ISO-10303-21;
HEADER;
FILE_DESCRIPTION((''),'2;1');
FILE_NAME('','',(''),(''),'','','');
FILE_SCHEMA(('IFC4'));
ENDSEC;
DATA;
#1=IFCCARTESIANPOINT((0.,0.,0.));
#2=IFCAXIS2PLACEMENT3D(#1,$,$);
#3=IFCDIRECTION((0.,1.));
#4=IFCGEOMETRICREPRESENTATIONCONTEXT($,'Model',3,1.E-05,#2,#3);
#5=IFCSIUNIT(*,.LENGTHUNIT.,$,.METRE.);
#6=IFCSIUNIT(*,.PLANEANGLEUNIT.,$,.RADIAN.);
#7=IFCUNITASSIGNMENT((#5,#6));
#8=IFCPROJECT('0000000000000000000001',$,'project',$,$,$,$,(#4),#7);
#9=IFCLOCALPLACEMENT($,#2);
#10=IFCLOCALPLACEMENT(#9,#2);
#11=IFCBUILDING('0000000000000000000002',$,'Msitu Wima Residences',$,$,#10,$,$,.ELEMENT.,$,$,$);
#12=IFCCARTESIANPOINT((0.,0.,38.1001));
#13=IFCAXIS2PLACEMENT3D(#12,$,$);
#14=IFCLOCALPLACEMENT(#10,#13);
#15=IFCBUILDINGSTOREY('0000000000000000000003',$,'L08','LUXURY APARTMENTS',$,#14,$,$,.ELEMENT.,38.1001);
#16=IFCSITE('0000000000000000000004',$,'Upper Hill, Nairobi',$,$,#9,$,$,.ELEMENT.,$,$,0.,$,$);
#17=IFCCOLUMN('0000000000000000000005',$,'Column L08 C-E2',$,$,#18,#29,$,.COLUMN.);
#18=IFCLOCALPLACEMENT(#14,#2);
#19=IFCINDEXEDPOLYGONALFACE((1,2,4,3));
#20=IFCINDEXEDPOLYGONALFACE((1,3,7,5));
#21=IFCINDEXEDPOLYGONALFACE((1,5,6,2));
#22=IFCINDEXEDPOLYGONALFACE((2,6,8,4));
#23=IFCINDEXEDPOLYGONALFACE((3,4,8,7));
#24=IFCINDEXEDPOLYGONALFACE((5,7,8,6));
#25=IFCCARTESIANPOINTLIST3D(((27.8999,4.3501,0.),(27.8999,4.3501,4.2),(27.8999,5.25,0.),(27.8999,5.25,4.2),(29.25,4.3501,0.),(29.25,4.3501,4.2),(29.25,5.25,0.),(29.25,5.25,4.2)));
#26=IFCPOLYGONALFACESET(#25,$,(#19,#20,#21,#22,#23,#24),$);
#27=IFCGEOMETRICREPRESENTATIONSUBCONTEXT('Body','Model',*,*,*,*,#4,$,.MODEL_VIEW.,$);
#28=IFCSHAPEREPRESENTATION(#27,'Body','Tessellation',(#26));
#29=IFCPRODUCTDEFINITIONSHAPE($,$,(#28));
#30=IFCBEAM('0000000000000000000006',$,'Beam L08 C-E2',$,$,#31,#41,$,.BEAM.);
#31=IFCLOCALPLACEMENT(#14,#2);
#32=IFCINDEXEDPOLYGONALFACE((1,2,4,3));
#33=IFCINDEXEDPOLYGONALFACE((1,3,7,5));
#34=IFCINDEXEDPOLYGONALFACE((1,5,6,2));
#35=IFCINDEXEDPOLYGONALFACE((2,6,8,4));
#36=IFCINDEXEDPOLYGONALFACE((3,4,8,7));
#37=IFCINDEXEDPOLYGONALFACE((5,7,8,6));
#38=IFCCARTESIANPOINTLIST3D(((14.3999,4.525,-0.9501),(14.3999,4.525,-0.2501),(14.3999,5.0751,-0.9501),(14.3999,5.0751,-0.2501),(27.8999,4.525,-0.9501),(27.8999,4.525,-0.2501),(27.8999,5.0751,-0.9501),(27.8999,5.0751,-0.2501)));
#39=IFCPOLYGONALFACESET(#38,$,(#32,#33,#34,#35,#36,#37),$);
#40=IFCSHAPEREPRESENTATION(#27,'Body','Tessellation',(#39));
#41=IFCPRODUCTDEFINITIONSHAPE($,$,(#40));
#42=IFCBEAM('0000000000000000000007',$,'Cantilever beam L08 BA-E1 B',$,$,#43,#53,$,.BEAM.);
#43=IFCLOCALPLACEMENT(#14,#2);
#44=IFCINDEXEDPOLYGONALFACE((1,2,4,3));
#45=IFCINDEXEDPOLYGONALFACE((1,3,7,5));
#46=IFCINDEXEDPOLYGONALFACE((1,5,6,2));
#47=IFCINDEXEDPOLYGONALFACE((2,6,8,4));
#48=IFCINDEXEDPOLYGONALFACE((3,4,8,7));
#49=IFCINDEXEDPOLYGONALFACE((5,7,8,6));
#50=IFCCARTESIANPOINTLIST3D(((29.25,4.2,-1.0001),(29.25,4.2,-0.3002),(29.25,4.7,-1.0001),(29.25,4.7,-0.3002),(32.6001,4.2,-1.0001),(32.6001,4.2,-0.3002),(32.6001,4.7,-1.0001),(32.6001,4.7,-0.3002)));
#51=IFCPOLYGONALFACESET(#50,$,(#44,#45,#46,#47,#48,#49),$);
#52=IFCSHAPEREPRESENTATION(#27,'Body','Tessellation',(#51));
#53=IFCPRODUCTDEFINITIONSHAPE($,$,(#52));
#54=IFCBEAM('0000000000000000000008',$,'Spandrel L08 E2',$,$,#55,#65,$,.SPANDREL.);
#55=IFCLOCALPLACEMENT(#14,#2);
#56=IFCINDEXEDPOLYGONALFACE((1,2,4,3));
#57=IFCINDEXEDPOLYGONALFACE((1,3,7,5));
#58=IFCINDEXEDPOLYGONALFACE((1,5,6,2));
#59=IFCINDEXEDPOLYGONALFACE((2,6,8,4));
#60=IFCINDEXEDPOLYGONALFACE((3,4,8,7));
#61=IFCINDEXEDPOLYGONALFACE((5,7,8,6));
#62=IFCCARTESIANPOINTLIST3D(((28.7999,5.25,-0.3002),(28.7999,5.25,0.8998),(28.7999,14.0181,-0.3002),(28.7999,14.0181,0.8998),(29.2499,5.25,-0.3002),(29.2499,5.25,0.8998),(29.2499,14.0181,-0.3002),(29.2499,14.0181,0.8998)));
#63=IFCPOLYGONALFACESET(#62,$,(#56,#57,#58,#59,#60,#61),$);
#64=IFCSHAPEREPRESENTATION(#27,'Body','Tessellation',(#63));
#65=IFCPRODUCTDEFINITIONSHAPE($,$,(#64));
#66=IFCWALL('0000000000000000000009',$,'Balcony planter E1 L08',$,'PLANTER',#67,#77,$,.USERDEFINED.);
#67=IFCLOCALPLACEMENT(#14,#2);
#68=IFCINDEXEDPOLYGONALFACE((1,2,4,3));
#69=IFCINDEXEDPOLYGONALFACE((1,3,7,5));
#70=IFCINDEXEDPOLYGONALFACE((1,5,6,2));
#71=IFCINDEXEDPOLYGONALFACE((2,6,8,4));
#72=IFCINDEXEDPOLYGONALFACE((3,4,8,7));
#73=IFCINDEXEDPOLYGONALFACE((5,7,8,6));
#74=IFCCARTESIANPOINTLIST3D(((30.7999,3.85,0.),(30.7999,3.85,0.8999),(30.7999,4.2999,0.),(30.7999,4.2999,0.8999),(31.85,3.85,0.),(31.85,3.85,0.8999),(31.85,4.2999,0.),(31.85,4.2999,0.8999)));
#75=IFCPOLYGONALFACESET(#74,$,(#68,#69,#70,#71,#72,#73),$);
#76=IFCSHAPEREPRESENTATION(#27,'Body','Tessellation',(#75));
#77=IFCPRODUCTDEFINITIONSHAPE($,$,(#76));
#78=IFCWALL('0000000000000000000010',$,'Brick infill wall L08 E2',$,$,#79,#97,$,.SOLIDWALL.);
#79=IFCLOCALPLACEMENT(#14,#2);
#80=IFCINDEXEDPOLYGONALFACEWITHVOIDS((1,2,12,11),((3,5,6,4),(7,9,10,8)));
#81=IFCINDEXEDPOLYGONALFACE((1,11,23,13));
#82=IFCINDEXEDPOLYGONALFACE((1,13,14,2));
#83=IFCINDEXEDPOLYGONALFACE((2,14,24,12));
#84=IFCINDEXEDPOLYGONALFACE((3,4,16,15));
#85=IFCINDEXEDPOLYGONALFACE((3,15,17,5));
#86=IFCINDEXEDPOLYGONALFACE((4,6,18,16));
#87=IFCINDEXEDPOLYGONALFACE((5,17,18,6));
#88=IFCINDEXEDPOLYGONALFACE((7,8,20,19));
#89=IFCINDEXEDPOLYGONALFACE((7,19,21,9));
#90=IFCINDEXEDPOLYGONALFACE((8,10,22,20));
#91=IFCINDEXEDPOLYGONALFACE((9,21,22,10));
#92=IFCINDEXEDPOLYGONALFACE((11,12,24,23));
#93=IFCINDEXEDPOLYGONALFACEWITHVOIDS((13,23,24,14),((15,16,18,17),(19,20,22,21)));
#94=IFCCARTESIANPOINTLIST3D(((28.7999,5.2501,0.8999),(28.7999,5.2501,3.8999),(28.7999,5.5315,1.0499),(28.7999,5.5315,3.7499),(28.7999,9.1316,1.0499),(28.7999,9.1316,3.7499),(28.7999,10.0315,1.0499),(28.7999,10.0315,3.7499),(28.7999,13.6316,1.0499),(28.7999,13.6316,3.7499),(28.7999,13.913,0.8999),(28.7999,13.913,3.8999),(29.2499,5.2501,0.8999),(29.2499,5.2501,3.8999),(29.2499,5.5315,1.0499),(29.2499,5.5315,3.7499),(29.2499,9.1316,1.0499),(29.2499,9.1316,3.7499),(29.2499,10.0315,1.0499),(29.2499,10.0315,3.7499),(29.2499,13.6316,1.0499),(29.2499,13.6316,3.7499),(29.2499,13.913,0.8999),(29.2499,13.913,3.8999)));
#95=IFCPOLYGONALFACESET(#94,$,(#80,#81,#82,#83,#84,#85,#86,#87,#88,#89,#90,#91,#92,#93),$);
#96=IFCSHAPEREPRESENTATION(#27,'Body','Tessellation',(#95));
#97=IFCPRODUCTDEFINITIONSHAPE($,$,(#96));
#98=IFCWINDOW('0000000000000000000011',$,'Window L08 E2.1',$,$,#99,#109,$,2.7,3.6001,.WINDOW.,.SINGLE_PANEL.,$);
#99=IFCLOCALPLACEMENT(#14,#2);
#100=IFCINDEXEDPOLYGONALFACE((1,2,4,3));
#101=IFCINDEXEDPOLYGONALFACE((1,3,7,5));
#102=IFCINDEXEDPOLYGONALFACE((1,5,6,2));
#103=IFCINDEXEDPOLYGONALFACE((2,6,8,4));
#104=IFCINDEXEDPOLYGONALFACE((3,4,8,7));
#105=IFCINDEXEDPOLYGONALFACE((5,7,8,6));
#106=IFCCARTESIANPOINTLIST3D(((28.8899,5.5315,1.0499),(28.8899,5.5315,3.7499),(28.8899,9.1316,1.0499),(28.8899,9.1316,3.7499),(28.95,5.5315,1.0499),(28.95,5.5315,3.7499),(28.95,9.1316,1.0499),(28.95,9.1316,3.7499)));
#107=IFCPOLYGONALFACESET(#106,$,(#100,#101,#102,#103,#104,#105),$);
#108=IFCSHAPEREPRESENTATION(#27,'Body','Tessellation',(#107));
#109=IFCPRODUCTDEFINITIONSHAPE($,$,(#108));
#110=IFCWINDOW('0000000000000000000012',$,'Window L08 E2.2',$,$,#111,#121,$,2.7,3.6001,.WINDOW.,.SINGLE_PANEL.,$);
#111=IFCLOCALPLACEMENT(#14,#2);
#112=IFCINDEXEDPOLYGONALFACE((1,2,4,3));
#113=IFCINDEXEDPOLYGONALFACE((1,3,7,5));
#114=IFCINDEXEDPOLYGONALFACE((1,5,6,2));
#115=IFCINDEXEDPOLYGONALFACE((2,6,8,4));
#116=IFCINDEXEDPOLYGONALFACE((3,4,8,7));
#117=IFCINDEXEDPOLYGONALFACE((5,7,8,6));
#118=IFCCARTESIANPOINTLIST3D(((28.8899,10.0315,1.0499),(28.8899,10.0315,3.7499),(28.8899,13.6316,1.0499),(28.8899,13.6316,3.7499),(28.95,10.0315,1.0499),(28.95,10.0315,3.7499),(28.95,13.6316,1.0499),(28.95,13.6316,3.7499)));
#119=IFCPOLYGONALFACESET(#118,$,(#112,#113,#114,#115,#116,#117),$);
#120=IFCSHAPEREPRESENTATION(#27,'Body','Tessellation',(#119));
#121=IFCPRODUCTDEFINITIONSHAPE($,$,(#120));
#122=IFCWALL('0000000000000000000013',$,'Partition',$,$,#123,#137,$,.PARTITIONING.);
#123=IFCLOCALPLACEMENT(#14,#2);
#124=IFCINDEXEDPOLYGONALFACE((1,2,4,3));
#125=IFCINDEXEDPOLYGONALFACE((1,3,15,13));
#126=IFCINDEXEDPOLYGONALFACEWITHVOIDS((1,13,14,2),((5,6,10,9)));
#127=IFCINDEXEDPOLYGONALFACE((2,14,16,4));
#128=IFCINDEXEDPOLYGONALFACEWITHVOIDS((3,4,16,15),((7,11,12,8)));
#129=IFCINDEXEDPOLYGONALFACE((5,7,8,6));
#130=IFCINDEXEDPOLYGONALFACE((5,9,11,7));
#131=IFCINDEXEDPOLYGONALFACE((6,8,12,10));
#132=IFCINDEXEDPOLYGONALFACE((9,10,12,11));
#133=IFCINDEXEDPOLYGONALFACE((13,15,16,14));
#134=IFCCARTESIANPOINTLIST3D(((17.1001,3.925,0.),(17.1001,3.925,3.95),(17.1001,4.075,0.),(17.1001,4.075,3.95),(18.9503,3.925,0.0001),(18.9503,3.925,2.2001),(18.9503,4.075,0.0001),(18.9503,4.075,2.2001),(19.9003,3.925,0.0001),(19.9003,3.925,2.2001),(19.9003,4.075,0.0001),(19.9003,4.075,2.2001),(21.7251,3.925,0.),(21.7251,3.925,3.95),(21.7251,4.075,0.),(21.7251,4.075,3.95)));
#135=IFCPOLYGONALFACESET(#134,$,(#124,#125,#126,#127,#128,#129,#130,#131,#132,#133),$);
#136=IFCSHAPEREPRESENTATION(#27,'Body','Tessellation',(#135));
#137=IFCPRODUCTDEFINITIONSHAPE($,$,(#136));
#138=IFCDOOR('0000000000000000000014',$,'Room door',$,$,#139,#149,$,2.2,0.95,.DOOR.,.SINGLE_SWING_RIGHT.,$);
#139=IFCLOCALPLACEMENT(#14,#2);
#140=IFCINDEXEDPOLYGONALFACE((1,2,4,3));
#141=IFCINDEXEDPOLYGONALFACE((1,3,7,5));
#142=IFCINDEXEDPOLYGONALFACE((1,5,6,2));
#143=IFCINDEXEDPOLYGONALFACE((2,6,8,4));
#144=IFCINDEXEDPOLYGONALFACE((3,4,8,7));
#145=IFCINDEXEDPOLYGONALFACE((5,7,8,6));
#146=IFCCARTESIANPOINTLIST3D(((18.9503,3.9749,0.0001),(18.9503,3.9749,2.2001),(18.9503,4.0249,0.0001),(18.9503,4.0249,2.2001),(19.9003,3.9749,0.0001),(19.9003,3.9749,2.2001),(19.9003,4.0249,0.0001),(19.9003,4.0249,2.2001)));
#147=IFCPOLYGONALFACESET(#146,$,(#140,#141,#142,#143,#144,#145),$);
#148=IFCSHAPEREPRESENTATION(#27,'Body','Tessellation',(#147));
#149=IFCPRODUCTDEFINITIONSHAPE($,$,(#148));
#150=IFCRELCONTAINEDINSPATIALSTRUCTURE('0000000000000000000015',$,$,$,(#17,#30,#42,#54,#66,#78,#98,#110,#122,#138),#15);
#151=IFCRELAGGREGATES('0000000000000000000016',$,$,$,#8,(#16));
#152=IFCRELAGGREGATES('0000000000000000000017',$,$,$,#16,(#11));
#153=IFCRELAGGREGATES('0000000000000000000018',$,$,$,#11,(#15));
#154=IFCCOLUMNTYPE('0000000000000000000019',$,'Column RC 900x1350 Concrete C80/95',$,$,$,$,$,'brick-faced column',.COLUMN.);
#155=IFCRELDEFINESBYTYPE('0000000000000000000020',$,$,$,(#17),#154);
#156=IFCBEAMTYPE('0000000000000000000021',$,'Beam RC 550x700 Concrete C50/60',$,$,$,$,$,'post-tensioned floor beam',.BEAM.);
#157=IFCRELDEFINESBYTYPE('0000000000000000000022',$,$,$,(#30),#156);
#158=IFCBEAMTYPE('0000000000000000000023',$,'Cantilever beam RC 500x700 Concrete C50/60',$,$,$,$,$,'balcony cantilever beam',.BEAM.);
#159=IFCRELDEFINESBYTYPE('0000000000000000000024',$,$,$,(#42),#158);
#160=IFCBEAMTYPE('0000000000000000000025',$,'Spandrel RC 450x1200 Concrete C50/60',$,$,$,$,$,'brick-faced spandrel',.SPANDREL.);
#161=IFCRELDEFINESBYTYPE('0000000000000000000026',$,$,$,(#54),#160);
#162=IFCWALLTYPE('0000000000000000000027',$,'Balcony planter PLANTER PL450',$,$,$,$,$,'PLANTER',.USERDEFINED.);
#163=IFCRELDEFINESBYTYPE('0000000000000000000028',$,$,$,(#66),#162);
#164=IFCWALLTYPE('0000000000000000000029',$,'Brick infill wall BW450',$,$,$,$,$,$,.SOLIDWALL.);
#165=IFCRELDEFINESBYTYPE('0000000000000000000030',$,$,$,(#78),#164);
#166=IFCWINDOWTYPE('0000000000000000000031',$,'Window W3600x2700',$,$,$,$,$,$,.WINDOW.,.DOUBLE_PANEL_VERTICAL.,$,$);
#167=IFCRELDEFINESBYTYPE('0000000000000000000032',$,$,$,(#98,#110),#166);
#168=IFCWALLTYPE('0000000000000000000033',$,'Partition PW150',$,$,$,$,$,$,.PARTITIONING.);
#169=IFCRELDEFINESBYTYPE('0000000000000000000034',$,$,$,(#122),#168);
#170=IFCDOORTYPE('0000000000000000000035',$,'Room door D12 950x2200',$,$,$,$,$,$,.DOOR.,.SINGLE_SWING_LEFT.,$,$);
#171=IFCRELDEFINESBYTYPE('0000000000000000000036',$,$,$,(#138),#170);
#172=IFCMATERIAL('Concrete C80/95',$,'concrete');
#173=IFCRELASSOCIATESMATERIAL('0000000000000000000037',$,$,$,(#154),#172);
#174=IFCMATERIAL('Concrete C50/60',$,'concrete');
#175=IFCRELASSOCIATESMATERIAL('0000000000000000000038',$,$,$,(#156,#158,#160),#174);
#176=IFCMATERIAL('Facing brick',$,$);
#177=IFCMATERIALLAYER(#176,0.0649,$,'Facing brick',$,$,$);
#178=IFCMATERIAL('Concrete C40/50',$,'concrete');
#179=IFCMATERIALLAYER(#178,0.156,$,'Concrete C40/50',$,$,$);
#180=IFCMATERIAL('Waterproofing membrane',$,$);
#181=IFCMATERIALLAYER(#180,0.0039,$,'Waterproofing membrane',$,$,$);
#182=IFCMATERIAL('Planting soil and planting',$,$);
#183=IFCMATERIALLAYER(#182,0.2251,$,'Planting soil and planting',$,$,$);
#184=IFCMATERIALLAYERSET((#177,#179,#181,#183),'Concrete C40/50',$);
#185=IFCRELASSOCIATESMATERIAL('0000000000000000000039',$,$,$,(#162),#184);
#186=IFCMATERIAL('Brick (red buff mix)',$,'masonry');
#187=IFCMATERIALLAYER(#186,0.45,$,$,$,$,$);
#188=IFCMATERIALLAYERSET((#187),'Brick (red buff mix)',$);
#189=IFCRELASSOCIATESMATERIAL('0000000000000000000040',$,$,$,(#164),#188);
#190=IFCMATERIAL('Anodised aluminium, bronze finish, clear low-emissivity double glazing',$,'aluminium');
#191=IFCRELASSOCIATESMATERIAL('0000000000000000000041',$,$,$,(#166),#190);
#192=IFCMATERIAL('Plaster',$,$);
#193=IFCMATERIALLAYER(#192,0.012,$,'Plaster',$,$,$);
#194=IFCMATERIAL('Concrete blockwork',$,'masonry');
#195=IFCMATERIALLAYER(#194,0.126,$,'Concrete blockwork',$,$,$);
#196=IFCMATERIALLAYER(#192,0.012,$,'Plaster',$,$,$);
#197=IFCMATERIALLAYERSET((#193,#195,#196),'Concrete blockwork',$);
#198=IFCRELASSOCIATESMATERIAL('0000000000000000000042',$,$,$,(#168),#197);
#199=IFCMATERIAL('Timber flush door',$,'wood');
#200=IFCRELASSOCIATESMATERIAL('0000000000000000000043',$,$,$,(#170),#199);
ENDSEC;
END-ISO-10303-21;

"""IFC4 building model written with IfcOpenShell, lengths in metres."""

from ifc_helpers import new_model, si_unit, direction, frame, frame_2d, origin, origin_2d, place, context, subcontext, project, spatial, rectangle, extrude, material, layer, layer_set, material_profile, profile_set, type_object, element, fill, save


model = new_model("IFC4")

# Units and contexts
model_context = context("Model", 3, precision=1e-05, world=origin(), true_north=direction((0.0, 1.0)))
body_context = subcontext(model_context, "Body", "Model", "MODEL_VIEW")
ifc_project = project(units=[si_unit("LENGTHUNIT", "METRE"), si_unit("PLANEANGLEUNIT", "RADIAN")], contexts=[model_context])

# Site, building, storey
site_placement = place(None, origin())
site = spatial("IfcSite", under=ifc_project, at=site_placement, Name="Upper Hill, Nairobi", CompositionType="ELEMENT", RefElevation=0.0)
building_placement = place(site_placement, origin())
building = spatial("IfcBuilding", under=site, at=building_placement, Name="Msitu Wima Residences", CompositionType="ELEMENT")
storey_placement = place(building_placement, frame((0.0, 0.0, 38.1001)))
storey = spatial("IfcBuildingStorey", under=building, at=storey_placement, Name="L08", Description="LUXURY APARTMENTS", CompositionType="ELEMENT", Elevation=38.1001)

# Column
ifc_material_1 = material(Name="Concrete C80/95", Category="concrete")
ifc_material_profile_1 = material_profile(ifc_material_1, rectangle(XDim=0.8999, YDim=1.3501, at=origin_2d()), Name="RC 900x1350")
ifc_profile_set_1 = profile_set([ifc_material_profile_1], Name="Concrete C80/95")
column_type = type_object("IfcColumnType", Name="Column RC 900x1350 Concrete C80/95", ElementType="brick-faced column", PredefinedType="COLUMN", material=ifc_profile_set_1)
column_placement = place(storey_placement, frame((28.575, 4.8, 0.0), z_axis=(0.0, 0.0, 1.0), x_axis=(0.0, 1.0, 0.0)))
element("IfcColumn", 1, at=column_placement, inside=storey, type_object=column_type, Name="Column L08 C-E2", PredefinedType="COLUMN", context=body_context, shape_type="SweptSolid", body=[
    extrude(rectangle(XDim=0.8999, YDim=1.3501, at=origin_2d()), origin(), (0.0, 0.0, 1.0), 4.2),
])

# Beams
ifc_material_2 = material(Name="Concrete C50/60", Category="concrete")
ifc_material_profile_2 = material_profile(ifc_material_2, rectangle(XDim=0.55, YDim=0.7, at=origin_2d()), Name="RC 550x700")
ifc_profile_set_2 = profile_set([ifc_material_profile_2], Name="Concrete C50/60")
beam_type_1 = type_object("IfcBeamType", Name="Beam RC 550x700 Concrete C50/60", ElementType="post-tensioned floor beam", PredefinedType="BEAM", material=ifc_profile_set_2)
beam_1_placement = place(storey_placement, frame((27.8999, 4.8, -0.6001), z_axis=(-1.0, 0.0, 0.0), x_axis=(0.0, -1.0, 0.0)))
element("IfcBeam", 2, at=beam_1_placement, inside=storey, type_object=beam_type_1, Name="Beam L08 C-E2", PredefinedType="BEAM", context=body_context, shape_type="SweptSolid", body=[
    extrude(rectangle(XDim=0.55, YDim=0.7, at=origin_2d()), origin(), (0.0, 0.0, 1.0), 13.5),
])
ifc_material_profile_3 = material_profile(ifc_material_2, rectangle(XDim=0.5, YDim=0.7, at=origin_2d()), Name="RC 500x700")
ifc_profile_set_3 = profile_set([ifc_material_profile_3], Name="Concrete C50/60")
beam_type_2 = type_object("IfcBeamType", Name="Cantilever beam RC 500x700 Concrete C50/60", ElementType="balcony cantilever beam", PredefinedType="BEAM", material=ifc_profile_set_3)
beam_2_placement = place(storey_placement, frame((29.25, 4.45, -0.6501), z_axis=(1.0, 0.0, 0.0), x_axis=(0.0, 1.0, 0.0)))
element("IfcBeam", 3, at=beam_2_placement, inside=storey, type_object=beam_type_2, Name="Cantilever beam L08 BA-E1 B", PredefinedType="BEAM", context=body_context, shape_type="SweptSolid", body=[
    extrude(rectangle(XDim=0.5, YDim=0.7, at=origin_2d()), origin(), (0.0, 0.0, 1.0), 3.3501),
])
ifc_material_profile_4 = material_profile(ifc_material_2, rectangle(XDim=0.45, YDim=1.2, at=origin_2d()), Name="RC 450x1200")
ifc_profile_set_4 = profile_set([ifc_material_profile_4], Name="Concrete C50/60")
beam_type_3 = type_object("IfcBeamType", Name="Spandrel RC 450x1200 Concrete C50/60", ElementType="brick-faced spandrel", PredefinedType="SPANDREL", material=ifc_profile_set_4)
beam_3_placement = place(storey_placement, frame((29.0249, 5.25, 0.2998), z_axis=(0.0, 1.0, 0.0), x_axis=(-1.0, 0.0, 0.0)))
element("IfcBeam", 4, at=beam_3_placement, inside=storey, type_object=beam_type_3, Name="Spandrel L08 E2", PredefinedType="SPANDREL", context=body_context, shape_type="SweptSolid", body=[
    extrude(rectangle(XDim=0.45, YDim=1.2, at=origin_2d()), origin(), (0.0, 0.0, 1.0), 8.7681),
])

# Wall
ifc_material_3 = material(Name="Facing brick")
ifc_layer_1 = layer(ifc_material_3, 0.0649, Name="Facing brick")
ifc_material_4 = material(Name="Concrete C40/50", Category="concrete")
ifc_layer_2 = layer(ifc_material_4, 0.156, Name="Concrete C40/50")
ifc_material_5 = material(Name="Waterproofing membrane")
ifc_layer_3 = layer(ifc_material_5, 0.0039, Name="Waterproofing membrane")
ifc_material_6 = material(Name="Planting soil and planting")
ifc_layer_4 = layer(ifc_material_6, 0.2251, Name="Planting soil and planting")
ifc_layer_set_1 = layer_set([ifc_layer_1, ifc_layer_2, ifc_layer_3, ifc_layer_4], Name="Concrete C40/50")
wall_type_1 = type_object("IfcWallType", Name="Balcony planter PLANTER PL450", ElementType="PLANTER", PredefinedType="USERDEFINED", material=ifc_layer_set_1)
wall_1_placement = place(storey_placement, frame((30.8, 4.075, 0.0), z_axis=(0.0, 0.0, 1.0), x_axis=(1.0, 0.0, 0.0)))
element("IfcWall", 5, at=wall_1_placement, inside=storey, type_object=wall_type_1, Name="Balcony planter E1 L08", ObjectType="PLANTER", PredefinedType="USERDEFINED", context=body_context, shape_type="SweptSolid", body=[
    extrude(rectangle(XDim=1.05, YDim=0.45, at=frame_2d((0.5249, 0.0))), origin(), (0.0, 0.0, 1.0), 0.8999),
])

# Wall, openings, windows
ifc_material_7 = material(Name="Brick (red buff mix)", Category="masonry")
ifc_layer_5 = layer(ifc_material_7, 0.45)
ifc_layer_set_2 = layer_set([ifc_layer_5], Name="Brick (red buff mix)")
wall_type_2 = type_object("IfcWallType", Name="Brick infill wall BW450", PredefinedType="SOLIDWALL", material=ifc_layer_set_2)
wall_2_placement = place(storey_placement, frame((29.0249, 5.25, 0.8999), z_axis=(0.0, 0.0, 1.0), x_axis=(0.0, 1.0, 0.0)))
wall_2 = element("IfcWall", 6, at=wall_2_placement, inside=storey, type_object=wall_type_2, Name="Brick infill wall L08 E2", PredefinedType="SOLIDWALL", context=body_context, shape_type="SweptSolid", body=[
    extrude(rectangle(XDim=8.6628, YDim=0.45, at=frame_2d((4.3315, 0.0))), origin(), (0.0, 0.0, 1.0), 3.0),
])
opening_1_placement = place(wall_2_placement, frame((0.2815, 0.0, 0.1499)))
opening_1 = element("IfcOpeningElement", 7, at=opening_1_placement, cuts=wall_2, PredefinedType="OPENING", context=body_context, shape_type="SweptSolid", body=[
    extrude(rectangle(XDim=3.6001, YDim=2.7, at=frame_2d((1.8, 1.3501))), frame((0.0, 0.2349, 0.0), z_axis=(0.0, -1.0, 0.0), x_axis=(1.0, 0.0, 0.0)), (0.0, 0.0, 1.0), 0.47),
])
opening_2_placement = place(wall_2_placement, frame((4.7815, 0.0, 0.1499)))
opening_2 = element("IfcOpeningElement", 8, at=opening_2_placement, cuts=wall_2, PredefinedType="OPENING", context=body_context, shape_type="SweptSolid", body=[
    extrude(rectangle(XDim=3.6001, YDim=2.7, at=frame_2d((1.8, 1.3501))), frame((0.0, 0.2349, 0.0), z_axis=(0.0, -1.0, 0.0), x_axis=(1.0, 0.0, 0.0)), (0.0, 0.0, 1.0), 0.47),
])
ifc_material_8 = material(Name="Anodised aluminium, bronze finish, clear low-emissivity double glazing", Category="aluminium")
window_type = type_object("IfcWindowType", Name="Window W3600x2700", PartitioningType="DOUBLE_PANEL_VERTICAL", PredefinedType="WINDOW", material=ifc_material_8)
window_1_placement = place(opening_1_placement, origin())
window_1 = element("IfcWindow", 9, at=window_1_placement, inside=storey, type_object=window_type, Name="Window L08 E2.1", OverallHeight=2.7, OverallWidth=3.6001, PartitioningType="SINGLE_PANEL", PredefinedType="WINDOW", context=body_context, shape_type="SweptSolid", body=[
    extrude(rectangle(XDim=3.6001, YDim=2.7, at=frame_2d((1.8, 1.3501))), frame((0.0, 0.135, 0.0), z_axis=(0.0, -1.0, 0.0), x_axis=(1.0, 0.0, 0.0)), (0.0, 0.0, 1.0), 0.0601),
])
fill(opening_1, window_1)
window_2_placement = place(opening_2_placement, origin())
window_2 = element("IfcWindow", 10, at=window_2_placement, inside=storey, type_object=window_type, Name="Window L08 E2.2", OverallHeight=2.7, OverallWidth=3.6001, PartitioningType="SINGLE_PANEL", PredefinedType="WINDOW", context=body_context, shape_type="SweptSolid", body=[
    extrude(rectangle(XDim=3.6001, YDim=2.7, at=frame_2d((1.8, 1.3501))), frame((0.0, 0.135, 0.0), z_axis=(0.0, -1.0, 0.0), x_axis=(1.0, 0.0, 0.0)), (0.0, 0.0, 1.0), 0.0601),
])
fill(opening_2, window_2)

# Wall, opening, door
ifc_material_9 = material(Name="Plaster")
ifc_layer_6 = layer(ifc_material_9, 0.012, Name="Plaster")
ifc_material_10 = material(Name="Concrete blockwork", Category="masonry")
ifc_layer_7 = layer(ifc_material_10, 0.126, Name="Concrete blockwork")
ifc_layer_8 = layer(ifc_material_9, 0.012, Name="Plaster")
ifc_layer_set_3 = layer_set([ifc_layer_6, ifc_layer_7, ifc_layer_8], Name="Concrete blockwork")
wall_type_3 = type_object("IfcWallType", Name="Partition PW150", PredefinedType="PARTITIONING", material=ifc_layer_set_3)
wall_3_placement = place(storey_placement, frame((17.1001, 4.0, 0.0), z_axis=(0.0, 0.0, 1.0), x_axis=(1.0, 0.0, 0.0)))
wall_3 = element("IfcWall", 11, at=wall_3_placement, inside=storey, type_object=wall_type_3, Name="Partition", PredefinedType="PARTITIONING", context=body_context, shape_type="SweptSolid", body=[
    extrude(rectangle(XDim=4.625, YDim=0.1499, at=frame_2d((2.3125, 0.0))), origin(), (0.0, 0.0, 1.0), 3.95),
])
opening_3_placement = place(wall_3_placement, frame((1.8501, 0.0, 0.0)))
opening_3 = element("IfcOpeningElement", 12, at=opening_3_placement, cuts=wall_3, PredefinedType="OPENING", context=body_context, shape_type="SweptSolid", body=[
    extrude(rectangle(XDim=0.95, YDim=2.2, at=frame_2d((0.4751, 1.1001))), frame((0.0, 0.085, 0.0), z_axis=(0.0, -1.0, 0.0), x_axis=(1.0, 0.0, 0.0)), (0.0, 0.0, 1.0), 0.1699),
])
ifc_material_11 = material(Name="Timber flush door", Category="wood")
door_type_1 = type_object("IfcDoorType", Name="Room door D12 950x2200", OperationType="SINGLE_SWING_LEFT", PredefinedType="DOOR", material=ifc_material_11)
door_1_placement = place(opening_3_placement, origin())
door_1 = element("IfcDoor", 13, at=door_1_placement, inside=storey, type_object=door_type_1, Name="Room door", OperationType="SINGLE_SWING_RIGHT", OverallHeight=2.2, OverallWidth=0.95, PredefinedType="DOOR", context=body_context, shape_type="SweptSolid", body=[
    extrude(rectangle(XDim=0.95, YDim=2.2, at=frame_2d((0.4751, 1.1001))), frame((0.0, 0.0249, 0.0), z_axis=(0.0, -1.0, 0.0), x_axis=(1.0, 0.0, 0.0)), (0.0, 0.0, 1.0), 0.05),
])
fill(opening_3, door_1)

save(model, "model.ifc")
